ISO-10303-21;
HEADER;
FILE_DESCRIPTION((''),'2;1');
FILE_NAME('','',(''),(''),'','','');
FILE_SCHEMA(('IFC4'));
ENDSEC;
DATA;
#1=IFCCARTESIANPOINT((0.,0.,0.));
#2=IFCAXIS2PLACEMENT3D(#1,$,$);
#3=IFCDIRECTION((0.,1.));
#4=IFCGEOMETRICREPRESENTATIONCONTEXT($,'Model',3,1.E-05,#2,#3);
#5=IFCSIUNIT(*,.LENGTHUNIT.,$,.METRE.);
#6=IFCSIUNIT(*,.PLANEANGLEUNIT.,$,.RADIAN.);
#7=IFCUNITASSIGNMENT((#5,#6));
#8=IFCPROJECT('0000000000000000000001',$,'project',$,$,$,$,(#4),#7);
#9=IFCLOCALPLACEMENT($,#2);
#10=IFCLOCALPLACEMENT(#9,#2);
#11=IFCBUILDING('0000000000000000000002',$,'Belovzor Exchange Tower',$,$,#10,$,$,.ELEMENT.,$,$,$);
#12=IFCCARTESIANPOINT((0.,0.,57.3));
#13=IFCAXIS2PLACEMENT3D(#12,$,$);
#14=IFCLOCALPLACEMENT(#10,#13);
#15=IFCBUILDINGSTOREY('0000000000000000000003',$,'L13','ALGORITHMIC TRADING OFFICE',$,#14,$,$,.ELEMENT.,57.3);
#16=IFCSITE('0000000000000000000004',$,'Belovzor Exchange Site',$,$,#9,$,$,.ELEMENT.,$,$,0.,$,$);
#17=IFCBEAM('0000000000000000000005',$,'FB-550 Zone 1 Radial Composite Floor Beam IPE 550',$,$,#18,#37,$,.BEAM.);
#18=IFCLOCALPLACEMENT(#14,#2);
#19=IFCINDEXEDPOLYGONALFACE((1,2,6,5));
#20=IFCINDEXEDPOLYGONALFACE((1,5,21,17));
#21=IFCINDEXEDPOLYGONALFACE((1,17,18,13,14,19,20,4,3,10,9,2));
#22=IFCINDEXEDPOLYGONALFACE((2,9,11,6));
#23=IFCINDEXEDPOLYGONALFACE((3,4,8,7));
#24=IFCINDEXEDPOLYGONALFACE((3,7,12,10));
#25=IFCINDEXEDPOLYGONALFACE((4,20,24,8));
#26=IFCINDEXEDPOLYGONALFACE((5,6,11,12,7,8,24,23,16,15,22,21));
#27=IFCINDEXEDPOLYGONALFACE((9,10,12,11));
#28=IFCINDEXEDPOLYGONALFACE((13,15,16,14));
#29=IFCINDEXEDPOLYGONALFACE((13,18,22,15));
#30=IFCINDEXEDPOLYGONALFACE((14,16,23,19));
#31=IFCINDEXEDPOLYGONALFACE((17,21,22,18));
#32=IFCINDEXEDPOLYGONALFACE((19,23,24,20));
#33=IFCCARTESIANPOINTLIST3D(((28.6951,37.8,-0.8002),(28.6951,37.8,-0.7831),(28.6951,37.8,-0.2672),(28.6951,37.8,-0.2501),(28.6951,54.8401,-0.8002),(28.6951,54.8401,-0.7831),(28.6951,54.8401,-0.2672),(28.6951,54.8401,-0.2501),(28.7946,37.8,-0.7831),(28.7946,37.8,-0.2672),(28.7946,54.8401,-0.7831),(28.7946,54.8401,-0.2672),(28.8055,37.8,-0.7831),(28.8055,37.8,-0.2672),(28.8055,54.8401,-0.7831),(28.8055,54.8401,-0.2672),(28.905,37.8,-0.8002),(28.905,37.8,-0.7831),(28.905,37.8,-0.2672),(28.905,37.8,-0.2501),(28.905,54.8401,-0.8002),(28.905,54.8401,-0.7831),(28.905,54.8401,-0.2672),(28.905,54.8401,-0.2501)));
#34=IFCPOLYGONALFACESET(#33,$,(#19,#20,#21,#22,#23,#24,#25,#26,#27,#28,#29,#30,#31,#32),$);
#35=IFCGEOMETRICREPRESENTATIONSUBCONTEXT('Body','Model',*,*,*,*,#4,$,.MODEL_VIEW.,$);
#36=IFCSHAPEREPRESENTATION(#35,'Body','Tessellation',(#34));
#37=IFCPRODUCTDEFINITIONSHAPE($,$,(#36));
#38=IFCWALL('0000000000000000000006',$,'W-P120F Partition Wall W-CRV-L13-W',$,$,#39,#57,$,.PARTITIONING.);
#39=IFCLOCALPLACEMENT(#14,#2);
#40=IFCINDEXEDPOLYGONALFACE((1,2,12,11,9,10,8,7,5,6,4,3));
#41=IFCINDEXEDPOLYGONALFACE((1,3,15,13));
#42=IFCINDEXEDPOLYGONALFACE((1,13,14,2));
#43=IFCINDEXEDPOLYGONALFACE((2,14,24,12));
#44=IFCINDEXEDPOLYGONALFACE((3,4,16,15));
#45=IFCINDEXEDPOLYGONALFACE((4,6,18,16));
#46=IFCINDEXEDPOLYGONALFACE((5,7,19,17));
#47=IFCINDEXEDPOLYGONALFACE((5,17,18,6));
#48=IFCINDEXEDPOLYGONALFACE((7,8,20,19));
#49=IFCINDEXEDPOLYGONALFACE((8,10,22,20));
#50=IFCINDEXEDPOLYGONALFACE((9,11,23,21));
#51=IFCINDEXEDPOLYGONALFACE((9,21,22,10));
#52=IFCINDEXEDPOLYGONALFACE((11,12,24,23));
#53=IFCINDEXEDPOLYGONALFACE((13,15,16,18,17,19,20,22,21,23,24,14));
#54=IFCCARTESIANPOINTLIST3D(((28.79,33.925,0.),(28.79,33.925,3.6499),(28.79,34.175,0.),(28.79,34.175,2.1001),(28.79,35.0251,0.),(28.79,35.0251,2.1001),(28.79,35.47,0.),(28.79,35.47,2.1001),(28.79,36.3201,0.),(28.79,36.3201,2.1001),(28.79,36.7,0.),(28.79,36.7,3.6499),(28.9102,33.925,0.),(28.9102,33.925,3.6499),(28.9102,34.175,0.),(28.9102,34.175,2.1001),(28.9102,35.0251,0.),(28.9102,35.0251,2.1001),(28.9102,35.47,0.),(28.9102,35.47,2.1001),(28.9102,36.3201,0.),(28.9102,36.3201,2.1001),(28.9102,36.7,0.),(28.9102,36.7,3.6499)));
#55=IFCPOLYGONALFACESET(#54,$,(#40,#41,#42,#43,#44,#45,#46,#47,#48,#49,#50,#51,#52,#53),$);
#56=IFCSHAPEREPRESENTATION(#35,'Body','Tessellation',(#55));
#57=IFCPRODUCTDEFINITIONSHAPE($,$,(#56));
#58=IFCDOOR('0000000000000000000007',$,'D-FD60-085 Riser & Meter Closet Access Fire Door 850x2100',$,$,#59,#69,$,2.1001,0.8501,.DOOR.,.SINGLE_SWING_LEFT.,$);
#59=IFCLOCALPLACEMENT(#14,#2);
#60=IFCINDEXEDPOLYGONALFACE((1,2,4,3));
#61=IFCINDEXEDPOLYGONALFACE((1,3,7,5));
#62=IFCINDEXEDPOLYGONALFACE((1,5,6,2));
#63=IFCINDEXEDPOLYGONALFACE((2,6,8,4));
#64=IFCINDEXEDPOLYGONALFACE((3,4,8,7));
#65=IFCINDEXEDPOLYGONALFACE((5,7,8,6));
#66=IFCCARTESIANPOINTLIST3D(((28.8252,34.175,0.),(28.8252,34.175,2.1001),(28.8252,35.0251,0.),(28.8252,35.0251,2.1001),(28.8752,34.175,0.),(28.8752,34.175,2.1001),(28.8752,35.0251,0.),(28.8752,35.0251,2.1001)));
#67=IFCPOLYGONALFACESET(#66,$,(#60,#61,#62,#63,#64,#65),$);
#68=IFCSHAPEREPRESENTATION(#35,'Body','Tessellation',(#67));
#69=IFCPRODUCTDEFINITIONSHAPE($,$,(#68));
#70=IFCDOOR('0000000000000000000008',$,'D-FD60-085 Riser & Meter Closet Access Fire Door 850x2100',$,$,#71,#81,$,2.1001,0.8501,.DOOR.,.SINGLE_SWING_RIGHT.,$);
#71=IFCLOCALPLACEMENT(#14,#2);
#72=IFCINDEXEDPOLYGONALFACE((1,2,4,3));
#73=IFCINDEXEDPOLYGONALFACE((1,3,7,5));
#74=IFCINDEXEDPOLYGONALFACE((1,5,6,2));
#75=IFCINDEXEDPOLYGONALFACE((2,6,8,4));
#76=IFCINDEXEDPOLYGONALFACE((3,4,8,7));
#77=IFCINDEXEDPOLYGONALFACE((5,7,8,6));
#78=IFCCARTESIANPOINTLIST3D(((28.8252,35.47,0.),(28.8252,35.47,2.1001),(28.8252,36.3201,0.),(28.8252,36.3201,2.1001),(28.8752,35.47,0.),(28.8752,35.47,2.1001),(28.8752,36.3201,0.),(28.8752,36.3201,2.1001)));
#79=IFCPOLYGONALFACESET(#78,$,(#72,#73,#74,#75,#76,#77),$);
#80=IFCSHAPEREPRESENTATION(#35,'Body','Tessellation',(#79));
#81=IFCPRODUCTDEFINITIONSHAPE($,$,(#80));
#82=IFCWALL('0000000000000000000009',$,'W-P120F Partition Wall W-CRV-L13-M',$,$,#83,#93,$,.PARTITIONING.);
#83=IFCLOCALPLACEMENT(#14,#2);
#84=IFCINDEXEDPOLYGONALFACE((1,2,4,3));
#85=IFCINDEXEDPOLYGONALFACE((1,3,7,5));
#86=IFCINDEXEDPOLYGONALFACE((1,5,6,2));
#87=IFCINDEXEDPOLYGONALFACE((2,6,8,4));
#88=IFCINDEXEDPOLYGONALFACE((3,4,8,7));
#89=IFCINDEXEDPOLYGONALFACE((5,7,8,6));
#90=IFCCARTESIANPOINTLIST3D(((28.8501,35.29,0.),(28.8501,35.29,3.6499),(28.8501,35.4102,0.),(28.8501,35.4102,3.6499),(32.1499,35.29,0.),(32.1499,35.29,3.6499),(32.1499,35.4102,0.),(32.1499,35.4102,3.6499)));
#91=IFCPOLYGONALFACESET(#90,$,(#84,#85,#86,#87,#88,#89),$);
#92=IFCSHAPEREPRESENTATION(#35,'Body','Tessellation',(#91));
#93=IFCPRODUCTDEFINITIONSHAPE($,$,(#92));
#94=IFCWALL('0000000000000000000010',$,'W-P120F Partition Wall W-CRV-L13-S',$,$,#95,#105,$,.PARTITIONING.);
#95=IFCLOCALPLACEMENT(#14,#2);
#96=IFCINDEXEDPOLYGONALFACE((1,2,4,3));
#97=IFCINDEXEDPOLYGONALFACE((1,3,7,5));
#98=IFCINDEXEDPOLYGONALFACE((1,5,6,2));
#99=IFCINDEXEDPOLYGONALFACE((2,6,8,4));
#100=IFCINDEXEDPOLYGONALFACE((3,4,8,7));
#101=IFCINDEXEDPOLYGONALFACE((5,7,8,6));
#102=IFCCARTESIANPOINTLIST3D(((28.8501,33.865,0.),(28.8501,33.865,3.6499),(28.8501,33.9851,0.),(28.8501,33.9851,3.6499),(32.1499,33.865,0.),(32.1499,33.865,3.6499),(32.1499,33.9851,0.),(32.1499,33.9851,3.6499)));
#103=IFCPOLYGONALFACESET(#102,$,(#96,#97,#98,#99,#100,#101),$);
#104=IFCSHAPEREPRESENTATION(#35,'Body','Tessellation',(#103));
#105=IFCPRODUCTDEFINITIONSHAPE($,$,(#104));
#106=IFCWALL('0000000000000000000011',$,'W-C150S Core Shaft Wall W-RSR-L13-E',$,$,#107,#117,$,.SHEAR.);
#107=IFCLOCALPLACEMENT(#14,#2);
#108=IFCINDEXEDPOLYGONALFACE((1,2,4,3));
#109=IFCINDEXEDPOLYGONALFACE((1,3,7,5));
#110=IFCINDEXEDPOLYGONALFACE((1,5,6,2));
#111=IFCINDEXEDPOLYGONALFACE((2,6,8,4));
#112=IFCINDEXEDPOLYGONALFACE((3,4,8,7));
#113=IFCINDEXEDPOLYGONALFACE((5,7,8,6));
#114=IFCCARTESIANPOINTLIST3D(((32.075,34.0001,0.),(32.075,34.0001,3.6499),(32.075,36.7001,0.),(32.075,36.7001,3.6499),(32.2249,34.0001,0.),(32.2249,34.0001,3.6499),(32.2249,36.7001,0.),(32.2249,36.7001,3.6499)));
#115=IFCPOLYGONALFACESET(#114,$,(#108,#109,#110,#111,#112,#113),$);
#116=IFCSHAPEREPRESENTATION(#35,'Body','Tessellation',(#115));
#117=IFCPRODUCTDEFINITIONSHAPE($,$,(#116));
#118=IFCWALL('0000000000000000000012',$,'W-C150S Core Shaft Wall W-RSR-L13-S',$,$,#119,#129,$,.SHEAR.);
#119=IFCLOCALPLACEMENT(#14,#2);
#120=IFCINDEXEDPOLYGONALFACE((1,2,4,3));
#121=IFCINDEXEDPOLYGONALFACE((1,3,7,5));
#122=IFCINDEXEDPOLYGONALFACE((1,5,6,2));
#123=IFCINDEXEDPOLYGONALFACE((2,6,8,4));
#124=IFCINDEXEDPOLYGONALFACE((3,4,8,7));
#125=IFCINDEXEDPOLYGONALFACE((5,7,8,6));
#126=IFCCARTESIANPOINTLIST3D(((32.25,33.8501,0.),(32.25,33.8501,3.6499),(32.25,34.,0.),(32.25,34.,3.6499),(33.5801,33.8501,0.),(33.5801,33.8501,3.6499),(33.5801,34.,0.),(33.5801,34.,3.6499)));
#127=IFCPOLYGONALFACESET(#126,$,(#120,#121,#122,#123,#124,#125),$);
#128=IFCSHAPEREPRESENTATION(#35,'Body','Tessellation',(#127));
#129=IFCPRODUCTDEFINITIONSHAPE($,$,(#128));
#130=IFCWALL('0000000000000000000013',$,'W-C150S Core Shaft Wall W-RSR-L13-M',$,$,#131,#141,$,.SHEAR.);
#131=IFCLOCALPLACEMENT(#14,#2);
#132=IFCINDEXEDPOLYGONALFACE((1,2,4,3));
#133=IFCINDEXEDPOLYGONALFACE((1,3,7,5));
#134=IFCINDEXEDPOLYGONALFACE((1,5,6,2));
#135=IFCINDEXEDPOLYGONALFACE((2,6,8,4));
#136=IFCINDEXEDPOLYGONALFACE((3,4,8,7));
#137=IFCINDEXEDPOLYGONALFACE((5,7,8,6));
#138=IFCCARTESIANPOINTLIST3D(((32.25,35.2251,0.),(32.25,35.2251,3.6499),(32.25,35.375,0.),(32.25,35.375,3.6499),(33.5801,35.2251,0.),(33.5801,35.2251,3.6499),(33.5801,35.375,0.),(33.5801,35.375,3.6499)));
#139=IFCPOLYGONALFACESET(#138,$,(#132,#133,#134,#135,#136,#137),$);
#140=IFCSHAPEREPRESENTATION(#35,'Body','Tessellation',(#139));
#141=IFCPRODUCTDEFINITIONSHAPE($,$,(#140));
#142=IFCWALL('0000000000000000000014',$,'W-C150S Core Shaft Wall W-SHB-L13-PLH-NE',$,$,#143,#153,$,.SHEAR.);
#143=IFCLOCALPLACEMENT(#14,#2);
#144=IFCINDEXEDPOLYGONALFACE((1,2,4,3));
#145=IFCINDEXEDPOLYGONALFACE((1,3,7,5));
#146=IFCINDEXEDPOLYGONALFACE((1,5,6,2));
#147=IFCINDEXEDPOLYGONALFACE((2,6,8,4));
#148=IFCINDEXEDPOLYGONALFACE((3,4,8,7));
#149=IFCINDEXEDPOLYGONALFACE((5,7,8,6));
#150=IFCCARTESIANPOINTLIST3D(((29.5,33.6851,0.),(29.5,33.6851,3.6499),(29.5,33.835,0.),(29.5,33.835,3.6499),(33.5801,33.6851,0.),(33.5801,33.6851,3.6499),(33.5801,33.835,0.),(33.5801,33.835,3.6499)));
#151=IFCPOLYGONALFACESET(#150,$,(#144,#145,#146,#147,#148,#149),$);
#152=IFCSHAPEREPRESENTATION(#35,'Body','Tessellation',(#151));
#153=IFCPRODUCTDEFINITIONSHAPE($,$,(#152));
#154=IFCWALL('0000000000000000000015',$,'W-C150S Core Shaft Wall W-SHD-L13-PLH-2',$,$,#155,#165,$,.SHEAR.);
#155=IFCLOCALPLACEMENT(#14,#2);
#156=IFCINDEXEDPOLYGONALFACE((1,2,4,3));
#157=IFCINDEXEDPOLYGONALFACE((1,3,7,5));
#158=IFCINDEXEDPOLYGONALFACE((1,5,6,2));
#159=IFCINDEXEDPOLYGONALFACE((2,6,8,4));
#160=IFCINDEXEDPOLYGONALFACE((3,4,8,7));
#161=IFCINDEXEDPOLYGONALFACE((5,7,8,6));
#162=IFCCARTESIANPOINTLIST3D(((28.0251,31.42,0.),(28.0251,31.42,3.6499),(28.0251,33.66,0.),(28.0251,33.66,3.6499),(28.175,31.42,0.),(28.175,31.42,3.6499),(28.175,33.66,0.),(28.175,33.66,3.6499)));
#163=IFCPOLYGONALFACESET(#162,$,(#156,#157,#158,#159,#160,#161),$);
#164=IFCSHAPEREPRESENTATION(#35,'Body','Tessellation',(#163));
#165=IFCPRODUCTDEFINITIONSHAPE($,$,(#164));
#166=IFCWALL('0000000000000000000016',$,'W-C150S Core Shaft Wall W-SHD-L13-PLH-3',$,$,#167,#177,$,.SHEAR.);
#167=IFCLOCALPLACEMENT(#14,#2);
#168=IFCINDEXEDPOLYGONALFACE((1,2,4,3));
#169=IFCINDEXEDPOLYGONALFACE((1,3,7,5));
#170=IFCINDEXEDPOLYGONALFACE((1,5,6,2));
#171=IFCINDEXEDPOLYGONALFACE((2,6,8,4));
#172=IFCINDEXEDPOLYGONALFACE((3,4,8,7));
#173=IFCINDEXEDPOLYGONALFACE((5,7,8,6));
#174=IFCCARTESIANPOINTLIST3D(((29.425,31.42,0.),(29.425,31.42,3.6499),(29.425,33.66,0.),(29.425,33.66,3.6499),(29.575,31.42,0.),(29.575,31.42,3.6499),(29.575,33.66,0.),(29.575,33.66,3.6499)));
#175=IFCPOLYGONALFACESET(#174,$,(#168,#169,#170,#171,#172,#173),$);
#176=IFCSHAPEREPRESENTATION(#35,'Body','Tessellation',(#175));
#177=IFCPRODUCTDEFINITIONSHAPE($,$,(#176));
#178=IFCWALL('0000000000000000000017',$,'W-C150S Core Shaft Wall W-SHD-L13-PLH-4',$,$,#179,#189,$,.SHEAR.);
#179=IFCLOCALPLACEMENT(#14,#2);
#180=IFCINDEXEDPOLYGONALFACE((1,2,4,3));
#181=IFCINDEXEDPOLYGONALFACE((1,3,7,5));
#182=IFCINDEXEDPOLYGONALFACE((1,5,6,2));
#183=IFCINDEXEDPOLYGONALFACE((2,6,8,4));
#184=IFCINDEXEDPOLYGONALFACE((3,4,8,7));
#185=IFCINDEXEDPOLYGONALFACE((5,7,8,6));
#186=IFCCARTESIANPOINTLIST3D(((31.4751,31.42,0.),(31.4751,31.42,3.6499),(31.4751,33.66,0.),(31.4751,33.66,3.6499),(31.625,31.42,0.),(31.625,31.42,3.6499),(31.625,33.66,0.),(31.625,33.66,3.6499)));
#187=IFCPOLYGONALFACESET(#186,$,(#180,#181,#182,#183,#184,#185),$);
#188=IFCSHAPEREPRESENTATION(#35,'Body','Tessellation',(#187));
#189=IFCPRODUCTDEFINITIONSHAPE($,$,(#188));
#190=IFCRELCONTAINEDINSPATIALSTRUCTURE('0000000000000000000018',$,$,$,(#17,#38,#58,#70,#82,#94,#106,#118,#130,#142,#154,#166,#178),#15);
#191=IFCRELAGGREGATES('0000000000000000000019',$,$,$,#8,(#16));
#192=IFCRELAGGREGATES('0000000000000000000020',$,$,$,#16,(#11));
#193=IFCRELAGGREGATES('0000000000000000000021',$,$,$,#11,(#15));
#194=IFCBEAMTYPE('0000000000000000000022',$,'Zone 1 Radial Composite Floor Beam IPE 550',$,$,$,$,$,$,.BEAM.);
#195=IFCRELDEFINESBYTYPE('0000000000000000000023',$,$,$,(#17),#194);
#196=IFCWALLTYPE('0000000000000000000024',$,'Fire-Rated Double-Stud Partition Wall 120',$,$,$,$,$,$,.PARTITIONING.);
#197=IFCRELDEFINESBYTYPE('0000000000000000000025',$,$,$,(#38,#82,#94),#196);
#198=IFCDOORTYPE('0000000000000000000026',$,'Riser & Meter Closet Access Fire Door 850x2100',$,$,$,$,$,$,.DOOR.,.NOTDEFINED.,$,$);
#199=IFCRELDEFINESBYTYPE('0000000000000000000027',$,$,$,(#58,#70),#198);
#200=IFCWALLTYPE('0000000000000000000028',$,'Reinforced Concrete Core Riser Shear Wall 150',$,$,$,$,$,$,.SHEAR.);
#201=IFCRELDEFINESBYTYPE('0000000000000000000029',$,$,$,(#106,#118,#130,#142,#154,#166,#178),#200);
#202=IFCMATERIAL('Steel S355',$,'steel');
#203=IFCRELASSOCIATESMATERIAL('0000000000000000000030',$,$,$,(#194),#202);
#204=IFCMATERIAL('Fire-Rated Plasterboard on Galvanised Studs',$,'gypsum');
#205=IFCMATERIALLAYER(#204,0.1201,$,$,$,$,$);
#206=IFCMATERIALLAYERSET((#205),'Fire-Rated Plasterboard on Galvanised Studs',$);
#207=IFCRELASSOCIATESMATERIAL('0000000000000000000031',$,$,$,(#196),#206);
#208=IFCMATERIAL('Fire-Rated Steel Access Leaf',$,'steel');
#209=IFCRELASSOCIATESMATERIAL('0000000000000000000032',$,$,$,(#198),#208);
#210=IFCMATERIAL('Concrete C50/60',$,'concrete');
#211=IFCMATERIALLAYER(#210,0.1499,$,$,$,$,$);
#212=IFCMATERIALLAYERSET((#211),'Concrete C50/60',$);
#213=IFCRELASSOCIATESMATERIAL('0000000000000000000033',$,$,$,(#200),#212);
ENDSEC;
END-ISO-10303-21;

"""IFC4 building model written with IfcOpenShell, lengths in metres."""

from ifc_helpers import new_model, si_unit, direction, frame, frame_2d, origin, origin_2d, place, context, subcontext, project, spatial, rectangle, i_section, extrude, material, layer, layer_set, material_profile, profile_set, type_object, element, fill, save


model = new_model("IFC4")

# Units and contexts
model_context = context("Model", 3, precision=1e-05, world=origin(), true_north=direction((0.0, 1.0)))
body_context = subcontext(model_context, "Body", "Model", "MODEL_VIEW")
ifc_project = project(units=[si_unit("LENGTHUNIT", "METRE"), si_unit("PLANEANGLEUNIT", "RADIAN")], contexts=[model_context])

# Site, building, storey
site_placement = place(None, origin())
site = spatial("IfcSite", under=ifc_project, at=site_placement, Name="Belovzor Exchange Site", CompositionType="ELEMENT", RefElevation=0.0)
building_placement = place(site_placement, origin())
building = spatial("IfcBuilding", under=site, at=building_placement, Name="Belovzor Exchange Tower", CompositionType="ELEMENT")
storey_placement = place(building_placement, frame((0.0, 0.0, 57.3)))
storey = spatial("IfcBuildingStorey", under=building, at=storey_placement, Name="L13", Description="ALGORITHMIC TRADING OFFICE", CompositionType="ELEMENT", Elevation=57.3)

# Beam
ifc_material_1 = material(Name="Steel S355", Category="steel")
ifc_material_profile = material_profile(ifc_material_1, i_section(OverallWidth=0.21, OverallDepth=0.55, WebThickness=0.011, FlangeThickness=0.0171, at=origin_2d()))
ifc_profile_set = profile_set([ifc_material_profile], Name="Steel S355")
beam_type = type_object("IfcBeamType", Name="Zone 1 Radial Composite Floor Beam IPE 550", PredefinedType="BEAM", material=ifc_profile_set)
beam_placement = place(storey_placement, frame((28.8, 37.8, -0.5251), z_axis=(0.0, 1.0, 0.0), x_axis=(-1.0, 0.0, 0.0)))
element("IfcBeam", 1, at=beam_placement, inside=storey, type_object=beam_type, Name="FB-550 Zone 1 Radial Composite Floor Beam IPE 550", PredefinedType="BEAM", context=body_context, shape_type="SweptSolid", body=[
    extrude(i_section(OverallWidth=0.21, OverallDepth=0.55, WebThickness=0.011, FlangeThickness=0.0171, at=origin_2d()), origin(), (0.0, 0.0, 1.0), 17.04),
])

# Wall, openings, doors
ifc_material_2 = material(Name="Fire-Rated Plasterboard on Galvanised Studs", Category="gypsum")
ifc_layer_1 = layer(ifc_material_2, 0.1201)
ifc_layer_set_1 = layer_set([ifc_layer_1], Name="Fire-Rated Plasterboard on Galvanised Studs")
wall_type_1 = type_object("IfcWallType", Name="Fire-Rated Double-Stud Partition Wall 120", PredefinedType="PARTITIONING", material=ifc_layer_set_1)
wall_1_placement = place(storey_placement, frame((28.8501, 33.925, 0.0), z_axis=(0.0, 0.0, 1.0), x_axis=(0.0, 1.0, 0.0)))
wall_1 = element("IfcWall", 2, at=wall_1_placement, inside=storey, type_object=wall_type_1, Name="W-P120F Partition Wall W-CRV-L13-W", PredefinedType="PARTITIONING", context=body_context, shape_type="SweptSolid", body=[
    extrude(rectangle(XDim=2.7749, YDim=0.1201, at=frame_2d((1.3875, 0.0))), origin(), (0.0, 0.0, 1.0), 3.6499),
])
opening_1_placement = place(wall_1_placement, frame((0.25, 0.0, 0.0)))
opening_1 = element("IfcOpeningElement", 3, at=opening_1_placement, cuts=wall_1, PredefinedType="OPENING", context=body_context, shape_type="SweptSolid", body=[
    extrude(rectangle(XDim=0.8501, YDim=2.1001, at=frame_2d((0.425, 1.05))), frame((0.0, 0.0701, 0.0), z_axis=(0.0, -1.0, 0.0), x_axis=(1.0, 0.0, 0.0)), (0.0, 0.0, 1.0), 0.1401),
])
opening_2_placement = place(wall_1_placement, frame((1.5449, 0.0, 0.0)))
opening_2 = element("IfcOpeningElement", 4, at=opening_2_placement, cuts=wall_1, PredefinedType="OPENING", context=body_context, shape_type="SweptSolid", body=[
    extrude(rectangle(XDim=0.8501, YDim=2.1001, at=frame_2d((0.425, 1.05))), frame((0.0, 0.0701, 0.0), z_axis=(0.0, -1.0, 0.0), x_axis=(1.0, 0.0, 0.0)), (0.0, 0.0, 1.0), 0.1401),
])
ifc_material_3 = material(Name="Fire-Rated Steel Access Leaf", Category="steel")
door_type = type_object("IfcDoorType", Name="Riser & Meter Closet Access Fire Door 850x2100", OperationType="NOTDEFINED", PredefinedType="DOOR", material=ifc_material_3)
door_1_placement = place(opening_1_placement, origin())
door_1 = element("IfcDoor", 5, at=door_1_placement, inside=storey, type_object=door_type, Name="D-FD60-085 Riser & Meter Closet Access Fire Door 850x2100", OperationType="SINGLE_SWING_LEFT", OverallHeight=2.1001, OverallWidth=0.8501, PredefinedType="DOOR", context=body_context, shape_type="SweptSolid", body=[
    extrude(rectangle(XDim=0.8501, YDim=2.1001, at=frame_2d((0.425, 1.05))), frame((0.0, 0.0249, 0.0), z_axis=(0.0, -1.0, 0.0), x_axis=(1.0, 0.0, 0.0)), (0.0, 0.0, 1.0), 0.05),
])
fill(opening_1, door_1)
door_2_placement = place(opening_2_placement, origin())
door_2 = element("IfcDoor", 6, at=door_2_placement, inside=storey, type_object=door_type, Name="D-FD60-085 Riser & Meter Closet Access Fire Door 850x2100", OperationType="SINGLE_SWING_RIGHT", OverallHeight=2.1001, OverallWidth=0.8501, PredefinedType="DOOR", context=body_context, shape_type="SweptSolid", body=[
    extrude(rectangle(XDim=0.8501, YDim=2.1001, at=frame_2d((0.425, 1.05))), frame((0.0, 0.0249, 0.0), z_axis=(0.0, -1.0, 0.0), x_axis=(1.0, 0.0, 0.0)), (0.0, 0.0, 1.0), 0.05),
])
fill(opening_2, door_2)

# Walls
for number, where, z_axis, x_axis, name in (
    (7, (28.8501, 35.3501, 0.0), (0.0, 0.0, 1.0), (1.0, 0.0, 0.0), "W-P120F Partition Wall W-CRV-L13-M"),
    (8, (28.8501, 33.925, 0.0), (0.0, 0.0, 1.0), (1.0, 0.0, 0.0), "W-P120F Partition Wall W-CRV-L13-S"),
):
    element("IfcWall", number, at=place(storey_placement, frame(where, z_axis=z_axis, x_axis=x_axis)), inside=storey, type_object=wall_type_1, Name=name, PredefinedType="PARTITIONING", context=body_context, shape_type="SweptSolid", body=[
        extrude(rectangle(XDim=3.2998, YDim=0.1201, at=frame_2d((1.6499, 0.0))), origin(), (0.0, 0.0, 1.0), 3.6499),
    ])
ifc_material_4 = material(Name="Concrete C50/60", Category="concrete")
ifc_layer_2 = layer(ifc_material_4, 0.1499)
ifc_layer_set_2 = layer_set([ifc_layer_2], Name="Concrete C50/60")
wall_type_2 = type_object("IfcWallType", Name="Reinforced Concrete Core Riser Shear Wall 150", PredefinedType="SHEAR", material=ifc_layer_set_2)
wall_2_placement = place(storey_placement, frame((32.1499, 34.0, 0.0), z_axis=(0.0, 0.0, 1.0), x_axis=(0.0, 1.0, 0.0)))
element("IfcWall", 9, at=wall_2_placement, inside=storey, type_object=wall_type_2, Name="W-C150S Core Shaft Wall W-RSR-L13-E", PredefinedType="SHEAR", context=body_context, shape_type="SweptSolid", body=[
    extrude(rectangle(XDim=2.7, YDim=0.1499, at=frame_2d((1.3501, 0.0))), origin(), (0.0, 0.0, 1.0), 3.6499),
])
for number, where, z_axis, x_axis, name in (
    (10, (32.25, 33.925, 0.0), (0.0, 0.0, 1.0), (1.0, 0.0, 0.0), "W-C150S Core Shaft Wall W-RSR-L13-S"),
    (11, (32.25, 35.3, 0.0), (0.0, 0.0, 1.0), (1.0, 0.0, 0.0), "W-C150S Core Shaft Wall W-RSR-L13-M"),
):
    element("IfcWall", number, at=place(storey_placement, frame(where, z_axis=z_axis, x_axis=x_axis)), inside=storey, type_object=wall_type_2, Name=name, PredefinedType="SHEAR", context=body_context, shape_type="SweptSolid", body=[
        extrude(rectangle(XDim=1.3301, YDim=0.1499, at=frame_2d((0.665, 0.0))), origin(), (0.0, 0.0, 1.0), 3.6499),
    ])
wall_3_placement = place(storey_placement, frame((29.5, 33.76, 0.0), z_axis=(0.0, 0.0, 1.0), x_axis=(1.0, 0.0, 0.0)))
element("IfcWall", 12, at=wall_3_placement, inside=storey, type_object=wall_type_2, Name="W-C150S Core Shaft Wall W-SHB-L13-PLH-NE", PredefinedType="SHEAR", context=body_context, shape_type="SweptSolid", body=[
    extrude(rectangle(XDim=4.0801, YDim=0.1499, at=frame_2d((2.04, 0.0))), origin(), (0.0, 0.0, 1.0), 3.6499),
])
for number, where, z_axis, x_axis, name in (
    (13, (28.1001, 31.4199, 0.0), (0.0, 0.0, 1.0), (0.0, 1.0, 0.0), "W-C150S Core Shaft Wall W-SHD-L13-PLH-2"),
    (14, (29.5, 31.4199, 0.0), (0.0, 0.0, 1.0), (0.0, 1.0, 0.0), "W-C150S Core Shaft Wall W-SHD-L13-PLH-3"),
    (15, (31.55, 31.4199, 0.0), (0.0, 0.0, 1.0), (0.0, 1.0, 0.0), "W-C150S Core Shaft Wall W-SHD-L13-PLH-4"),
):
    element("IfcWall", number, at=place(storey_placement, frame(where, z_axis=z_axis, x_axis=x_axis)), inside=storey, type_object=wall_type_2, Name=name, PredefinedType="SHEAR", context=body_context, shape_type="SweptSolid", body=[
        extrude(rectangle(XDim=2.24, YDim=0.1499, at=frame_2d((1.1201, 0.0))), origin(), (0.0, 0.0, 1.0), 3.6499),
    ])

save(model, "model.ifc")
